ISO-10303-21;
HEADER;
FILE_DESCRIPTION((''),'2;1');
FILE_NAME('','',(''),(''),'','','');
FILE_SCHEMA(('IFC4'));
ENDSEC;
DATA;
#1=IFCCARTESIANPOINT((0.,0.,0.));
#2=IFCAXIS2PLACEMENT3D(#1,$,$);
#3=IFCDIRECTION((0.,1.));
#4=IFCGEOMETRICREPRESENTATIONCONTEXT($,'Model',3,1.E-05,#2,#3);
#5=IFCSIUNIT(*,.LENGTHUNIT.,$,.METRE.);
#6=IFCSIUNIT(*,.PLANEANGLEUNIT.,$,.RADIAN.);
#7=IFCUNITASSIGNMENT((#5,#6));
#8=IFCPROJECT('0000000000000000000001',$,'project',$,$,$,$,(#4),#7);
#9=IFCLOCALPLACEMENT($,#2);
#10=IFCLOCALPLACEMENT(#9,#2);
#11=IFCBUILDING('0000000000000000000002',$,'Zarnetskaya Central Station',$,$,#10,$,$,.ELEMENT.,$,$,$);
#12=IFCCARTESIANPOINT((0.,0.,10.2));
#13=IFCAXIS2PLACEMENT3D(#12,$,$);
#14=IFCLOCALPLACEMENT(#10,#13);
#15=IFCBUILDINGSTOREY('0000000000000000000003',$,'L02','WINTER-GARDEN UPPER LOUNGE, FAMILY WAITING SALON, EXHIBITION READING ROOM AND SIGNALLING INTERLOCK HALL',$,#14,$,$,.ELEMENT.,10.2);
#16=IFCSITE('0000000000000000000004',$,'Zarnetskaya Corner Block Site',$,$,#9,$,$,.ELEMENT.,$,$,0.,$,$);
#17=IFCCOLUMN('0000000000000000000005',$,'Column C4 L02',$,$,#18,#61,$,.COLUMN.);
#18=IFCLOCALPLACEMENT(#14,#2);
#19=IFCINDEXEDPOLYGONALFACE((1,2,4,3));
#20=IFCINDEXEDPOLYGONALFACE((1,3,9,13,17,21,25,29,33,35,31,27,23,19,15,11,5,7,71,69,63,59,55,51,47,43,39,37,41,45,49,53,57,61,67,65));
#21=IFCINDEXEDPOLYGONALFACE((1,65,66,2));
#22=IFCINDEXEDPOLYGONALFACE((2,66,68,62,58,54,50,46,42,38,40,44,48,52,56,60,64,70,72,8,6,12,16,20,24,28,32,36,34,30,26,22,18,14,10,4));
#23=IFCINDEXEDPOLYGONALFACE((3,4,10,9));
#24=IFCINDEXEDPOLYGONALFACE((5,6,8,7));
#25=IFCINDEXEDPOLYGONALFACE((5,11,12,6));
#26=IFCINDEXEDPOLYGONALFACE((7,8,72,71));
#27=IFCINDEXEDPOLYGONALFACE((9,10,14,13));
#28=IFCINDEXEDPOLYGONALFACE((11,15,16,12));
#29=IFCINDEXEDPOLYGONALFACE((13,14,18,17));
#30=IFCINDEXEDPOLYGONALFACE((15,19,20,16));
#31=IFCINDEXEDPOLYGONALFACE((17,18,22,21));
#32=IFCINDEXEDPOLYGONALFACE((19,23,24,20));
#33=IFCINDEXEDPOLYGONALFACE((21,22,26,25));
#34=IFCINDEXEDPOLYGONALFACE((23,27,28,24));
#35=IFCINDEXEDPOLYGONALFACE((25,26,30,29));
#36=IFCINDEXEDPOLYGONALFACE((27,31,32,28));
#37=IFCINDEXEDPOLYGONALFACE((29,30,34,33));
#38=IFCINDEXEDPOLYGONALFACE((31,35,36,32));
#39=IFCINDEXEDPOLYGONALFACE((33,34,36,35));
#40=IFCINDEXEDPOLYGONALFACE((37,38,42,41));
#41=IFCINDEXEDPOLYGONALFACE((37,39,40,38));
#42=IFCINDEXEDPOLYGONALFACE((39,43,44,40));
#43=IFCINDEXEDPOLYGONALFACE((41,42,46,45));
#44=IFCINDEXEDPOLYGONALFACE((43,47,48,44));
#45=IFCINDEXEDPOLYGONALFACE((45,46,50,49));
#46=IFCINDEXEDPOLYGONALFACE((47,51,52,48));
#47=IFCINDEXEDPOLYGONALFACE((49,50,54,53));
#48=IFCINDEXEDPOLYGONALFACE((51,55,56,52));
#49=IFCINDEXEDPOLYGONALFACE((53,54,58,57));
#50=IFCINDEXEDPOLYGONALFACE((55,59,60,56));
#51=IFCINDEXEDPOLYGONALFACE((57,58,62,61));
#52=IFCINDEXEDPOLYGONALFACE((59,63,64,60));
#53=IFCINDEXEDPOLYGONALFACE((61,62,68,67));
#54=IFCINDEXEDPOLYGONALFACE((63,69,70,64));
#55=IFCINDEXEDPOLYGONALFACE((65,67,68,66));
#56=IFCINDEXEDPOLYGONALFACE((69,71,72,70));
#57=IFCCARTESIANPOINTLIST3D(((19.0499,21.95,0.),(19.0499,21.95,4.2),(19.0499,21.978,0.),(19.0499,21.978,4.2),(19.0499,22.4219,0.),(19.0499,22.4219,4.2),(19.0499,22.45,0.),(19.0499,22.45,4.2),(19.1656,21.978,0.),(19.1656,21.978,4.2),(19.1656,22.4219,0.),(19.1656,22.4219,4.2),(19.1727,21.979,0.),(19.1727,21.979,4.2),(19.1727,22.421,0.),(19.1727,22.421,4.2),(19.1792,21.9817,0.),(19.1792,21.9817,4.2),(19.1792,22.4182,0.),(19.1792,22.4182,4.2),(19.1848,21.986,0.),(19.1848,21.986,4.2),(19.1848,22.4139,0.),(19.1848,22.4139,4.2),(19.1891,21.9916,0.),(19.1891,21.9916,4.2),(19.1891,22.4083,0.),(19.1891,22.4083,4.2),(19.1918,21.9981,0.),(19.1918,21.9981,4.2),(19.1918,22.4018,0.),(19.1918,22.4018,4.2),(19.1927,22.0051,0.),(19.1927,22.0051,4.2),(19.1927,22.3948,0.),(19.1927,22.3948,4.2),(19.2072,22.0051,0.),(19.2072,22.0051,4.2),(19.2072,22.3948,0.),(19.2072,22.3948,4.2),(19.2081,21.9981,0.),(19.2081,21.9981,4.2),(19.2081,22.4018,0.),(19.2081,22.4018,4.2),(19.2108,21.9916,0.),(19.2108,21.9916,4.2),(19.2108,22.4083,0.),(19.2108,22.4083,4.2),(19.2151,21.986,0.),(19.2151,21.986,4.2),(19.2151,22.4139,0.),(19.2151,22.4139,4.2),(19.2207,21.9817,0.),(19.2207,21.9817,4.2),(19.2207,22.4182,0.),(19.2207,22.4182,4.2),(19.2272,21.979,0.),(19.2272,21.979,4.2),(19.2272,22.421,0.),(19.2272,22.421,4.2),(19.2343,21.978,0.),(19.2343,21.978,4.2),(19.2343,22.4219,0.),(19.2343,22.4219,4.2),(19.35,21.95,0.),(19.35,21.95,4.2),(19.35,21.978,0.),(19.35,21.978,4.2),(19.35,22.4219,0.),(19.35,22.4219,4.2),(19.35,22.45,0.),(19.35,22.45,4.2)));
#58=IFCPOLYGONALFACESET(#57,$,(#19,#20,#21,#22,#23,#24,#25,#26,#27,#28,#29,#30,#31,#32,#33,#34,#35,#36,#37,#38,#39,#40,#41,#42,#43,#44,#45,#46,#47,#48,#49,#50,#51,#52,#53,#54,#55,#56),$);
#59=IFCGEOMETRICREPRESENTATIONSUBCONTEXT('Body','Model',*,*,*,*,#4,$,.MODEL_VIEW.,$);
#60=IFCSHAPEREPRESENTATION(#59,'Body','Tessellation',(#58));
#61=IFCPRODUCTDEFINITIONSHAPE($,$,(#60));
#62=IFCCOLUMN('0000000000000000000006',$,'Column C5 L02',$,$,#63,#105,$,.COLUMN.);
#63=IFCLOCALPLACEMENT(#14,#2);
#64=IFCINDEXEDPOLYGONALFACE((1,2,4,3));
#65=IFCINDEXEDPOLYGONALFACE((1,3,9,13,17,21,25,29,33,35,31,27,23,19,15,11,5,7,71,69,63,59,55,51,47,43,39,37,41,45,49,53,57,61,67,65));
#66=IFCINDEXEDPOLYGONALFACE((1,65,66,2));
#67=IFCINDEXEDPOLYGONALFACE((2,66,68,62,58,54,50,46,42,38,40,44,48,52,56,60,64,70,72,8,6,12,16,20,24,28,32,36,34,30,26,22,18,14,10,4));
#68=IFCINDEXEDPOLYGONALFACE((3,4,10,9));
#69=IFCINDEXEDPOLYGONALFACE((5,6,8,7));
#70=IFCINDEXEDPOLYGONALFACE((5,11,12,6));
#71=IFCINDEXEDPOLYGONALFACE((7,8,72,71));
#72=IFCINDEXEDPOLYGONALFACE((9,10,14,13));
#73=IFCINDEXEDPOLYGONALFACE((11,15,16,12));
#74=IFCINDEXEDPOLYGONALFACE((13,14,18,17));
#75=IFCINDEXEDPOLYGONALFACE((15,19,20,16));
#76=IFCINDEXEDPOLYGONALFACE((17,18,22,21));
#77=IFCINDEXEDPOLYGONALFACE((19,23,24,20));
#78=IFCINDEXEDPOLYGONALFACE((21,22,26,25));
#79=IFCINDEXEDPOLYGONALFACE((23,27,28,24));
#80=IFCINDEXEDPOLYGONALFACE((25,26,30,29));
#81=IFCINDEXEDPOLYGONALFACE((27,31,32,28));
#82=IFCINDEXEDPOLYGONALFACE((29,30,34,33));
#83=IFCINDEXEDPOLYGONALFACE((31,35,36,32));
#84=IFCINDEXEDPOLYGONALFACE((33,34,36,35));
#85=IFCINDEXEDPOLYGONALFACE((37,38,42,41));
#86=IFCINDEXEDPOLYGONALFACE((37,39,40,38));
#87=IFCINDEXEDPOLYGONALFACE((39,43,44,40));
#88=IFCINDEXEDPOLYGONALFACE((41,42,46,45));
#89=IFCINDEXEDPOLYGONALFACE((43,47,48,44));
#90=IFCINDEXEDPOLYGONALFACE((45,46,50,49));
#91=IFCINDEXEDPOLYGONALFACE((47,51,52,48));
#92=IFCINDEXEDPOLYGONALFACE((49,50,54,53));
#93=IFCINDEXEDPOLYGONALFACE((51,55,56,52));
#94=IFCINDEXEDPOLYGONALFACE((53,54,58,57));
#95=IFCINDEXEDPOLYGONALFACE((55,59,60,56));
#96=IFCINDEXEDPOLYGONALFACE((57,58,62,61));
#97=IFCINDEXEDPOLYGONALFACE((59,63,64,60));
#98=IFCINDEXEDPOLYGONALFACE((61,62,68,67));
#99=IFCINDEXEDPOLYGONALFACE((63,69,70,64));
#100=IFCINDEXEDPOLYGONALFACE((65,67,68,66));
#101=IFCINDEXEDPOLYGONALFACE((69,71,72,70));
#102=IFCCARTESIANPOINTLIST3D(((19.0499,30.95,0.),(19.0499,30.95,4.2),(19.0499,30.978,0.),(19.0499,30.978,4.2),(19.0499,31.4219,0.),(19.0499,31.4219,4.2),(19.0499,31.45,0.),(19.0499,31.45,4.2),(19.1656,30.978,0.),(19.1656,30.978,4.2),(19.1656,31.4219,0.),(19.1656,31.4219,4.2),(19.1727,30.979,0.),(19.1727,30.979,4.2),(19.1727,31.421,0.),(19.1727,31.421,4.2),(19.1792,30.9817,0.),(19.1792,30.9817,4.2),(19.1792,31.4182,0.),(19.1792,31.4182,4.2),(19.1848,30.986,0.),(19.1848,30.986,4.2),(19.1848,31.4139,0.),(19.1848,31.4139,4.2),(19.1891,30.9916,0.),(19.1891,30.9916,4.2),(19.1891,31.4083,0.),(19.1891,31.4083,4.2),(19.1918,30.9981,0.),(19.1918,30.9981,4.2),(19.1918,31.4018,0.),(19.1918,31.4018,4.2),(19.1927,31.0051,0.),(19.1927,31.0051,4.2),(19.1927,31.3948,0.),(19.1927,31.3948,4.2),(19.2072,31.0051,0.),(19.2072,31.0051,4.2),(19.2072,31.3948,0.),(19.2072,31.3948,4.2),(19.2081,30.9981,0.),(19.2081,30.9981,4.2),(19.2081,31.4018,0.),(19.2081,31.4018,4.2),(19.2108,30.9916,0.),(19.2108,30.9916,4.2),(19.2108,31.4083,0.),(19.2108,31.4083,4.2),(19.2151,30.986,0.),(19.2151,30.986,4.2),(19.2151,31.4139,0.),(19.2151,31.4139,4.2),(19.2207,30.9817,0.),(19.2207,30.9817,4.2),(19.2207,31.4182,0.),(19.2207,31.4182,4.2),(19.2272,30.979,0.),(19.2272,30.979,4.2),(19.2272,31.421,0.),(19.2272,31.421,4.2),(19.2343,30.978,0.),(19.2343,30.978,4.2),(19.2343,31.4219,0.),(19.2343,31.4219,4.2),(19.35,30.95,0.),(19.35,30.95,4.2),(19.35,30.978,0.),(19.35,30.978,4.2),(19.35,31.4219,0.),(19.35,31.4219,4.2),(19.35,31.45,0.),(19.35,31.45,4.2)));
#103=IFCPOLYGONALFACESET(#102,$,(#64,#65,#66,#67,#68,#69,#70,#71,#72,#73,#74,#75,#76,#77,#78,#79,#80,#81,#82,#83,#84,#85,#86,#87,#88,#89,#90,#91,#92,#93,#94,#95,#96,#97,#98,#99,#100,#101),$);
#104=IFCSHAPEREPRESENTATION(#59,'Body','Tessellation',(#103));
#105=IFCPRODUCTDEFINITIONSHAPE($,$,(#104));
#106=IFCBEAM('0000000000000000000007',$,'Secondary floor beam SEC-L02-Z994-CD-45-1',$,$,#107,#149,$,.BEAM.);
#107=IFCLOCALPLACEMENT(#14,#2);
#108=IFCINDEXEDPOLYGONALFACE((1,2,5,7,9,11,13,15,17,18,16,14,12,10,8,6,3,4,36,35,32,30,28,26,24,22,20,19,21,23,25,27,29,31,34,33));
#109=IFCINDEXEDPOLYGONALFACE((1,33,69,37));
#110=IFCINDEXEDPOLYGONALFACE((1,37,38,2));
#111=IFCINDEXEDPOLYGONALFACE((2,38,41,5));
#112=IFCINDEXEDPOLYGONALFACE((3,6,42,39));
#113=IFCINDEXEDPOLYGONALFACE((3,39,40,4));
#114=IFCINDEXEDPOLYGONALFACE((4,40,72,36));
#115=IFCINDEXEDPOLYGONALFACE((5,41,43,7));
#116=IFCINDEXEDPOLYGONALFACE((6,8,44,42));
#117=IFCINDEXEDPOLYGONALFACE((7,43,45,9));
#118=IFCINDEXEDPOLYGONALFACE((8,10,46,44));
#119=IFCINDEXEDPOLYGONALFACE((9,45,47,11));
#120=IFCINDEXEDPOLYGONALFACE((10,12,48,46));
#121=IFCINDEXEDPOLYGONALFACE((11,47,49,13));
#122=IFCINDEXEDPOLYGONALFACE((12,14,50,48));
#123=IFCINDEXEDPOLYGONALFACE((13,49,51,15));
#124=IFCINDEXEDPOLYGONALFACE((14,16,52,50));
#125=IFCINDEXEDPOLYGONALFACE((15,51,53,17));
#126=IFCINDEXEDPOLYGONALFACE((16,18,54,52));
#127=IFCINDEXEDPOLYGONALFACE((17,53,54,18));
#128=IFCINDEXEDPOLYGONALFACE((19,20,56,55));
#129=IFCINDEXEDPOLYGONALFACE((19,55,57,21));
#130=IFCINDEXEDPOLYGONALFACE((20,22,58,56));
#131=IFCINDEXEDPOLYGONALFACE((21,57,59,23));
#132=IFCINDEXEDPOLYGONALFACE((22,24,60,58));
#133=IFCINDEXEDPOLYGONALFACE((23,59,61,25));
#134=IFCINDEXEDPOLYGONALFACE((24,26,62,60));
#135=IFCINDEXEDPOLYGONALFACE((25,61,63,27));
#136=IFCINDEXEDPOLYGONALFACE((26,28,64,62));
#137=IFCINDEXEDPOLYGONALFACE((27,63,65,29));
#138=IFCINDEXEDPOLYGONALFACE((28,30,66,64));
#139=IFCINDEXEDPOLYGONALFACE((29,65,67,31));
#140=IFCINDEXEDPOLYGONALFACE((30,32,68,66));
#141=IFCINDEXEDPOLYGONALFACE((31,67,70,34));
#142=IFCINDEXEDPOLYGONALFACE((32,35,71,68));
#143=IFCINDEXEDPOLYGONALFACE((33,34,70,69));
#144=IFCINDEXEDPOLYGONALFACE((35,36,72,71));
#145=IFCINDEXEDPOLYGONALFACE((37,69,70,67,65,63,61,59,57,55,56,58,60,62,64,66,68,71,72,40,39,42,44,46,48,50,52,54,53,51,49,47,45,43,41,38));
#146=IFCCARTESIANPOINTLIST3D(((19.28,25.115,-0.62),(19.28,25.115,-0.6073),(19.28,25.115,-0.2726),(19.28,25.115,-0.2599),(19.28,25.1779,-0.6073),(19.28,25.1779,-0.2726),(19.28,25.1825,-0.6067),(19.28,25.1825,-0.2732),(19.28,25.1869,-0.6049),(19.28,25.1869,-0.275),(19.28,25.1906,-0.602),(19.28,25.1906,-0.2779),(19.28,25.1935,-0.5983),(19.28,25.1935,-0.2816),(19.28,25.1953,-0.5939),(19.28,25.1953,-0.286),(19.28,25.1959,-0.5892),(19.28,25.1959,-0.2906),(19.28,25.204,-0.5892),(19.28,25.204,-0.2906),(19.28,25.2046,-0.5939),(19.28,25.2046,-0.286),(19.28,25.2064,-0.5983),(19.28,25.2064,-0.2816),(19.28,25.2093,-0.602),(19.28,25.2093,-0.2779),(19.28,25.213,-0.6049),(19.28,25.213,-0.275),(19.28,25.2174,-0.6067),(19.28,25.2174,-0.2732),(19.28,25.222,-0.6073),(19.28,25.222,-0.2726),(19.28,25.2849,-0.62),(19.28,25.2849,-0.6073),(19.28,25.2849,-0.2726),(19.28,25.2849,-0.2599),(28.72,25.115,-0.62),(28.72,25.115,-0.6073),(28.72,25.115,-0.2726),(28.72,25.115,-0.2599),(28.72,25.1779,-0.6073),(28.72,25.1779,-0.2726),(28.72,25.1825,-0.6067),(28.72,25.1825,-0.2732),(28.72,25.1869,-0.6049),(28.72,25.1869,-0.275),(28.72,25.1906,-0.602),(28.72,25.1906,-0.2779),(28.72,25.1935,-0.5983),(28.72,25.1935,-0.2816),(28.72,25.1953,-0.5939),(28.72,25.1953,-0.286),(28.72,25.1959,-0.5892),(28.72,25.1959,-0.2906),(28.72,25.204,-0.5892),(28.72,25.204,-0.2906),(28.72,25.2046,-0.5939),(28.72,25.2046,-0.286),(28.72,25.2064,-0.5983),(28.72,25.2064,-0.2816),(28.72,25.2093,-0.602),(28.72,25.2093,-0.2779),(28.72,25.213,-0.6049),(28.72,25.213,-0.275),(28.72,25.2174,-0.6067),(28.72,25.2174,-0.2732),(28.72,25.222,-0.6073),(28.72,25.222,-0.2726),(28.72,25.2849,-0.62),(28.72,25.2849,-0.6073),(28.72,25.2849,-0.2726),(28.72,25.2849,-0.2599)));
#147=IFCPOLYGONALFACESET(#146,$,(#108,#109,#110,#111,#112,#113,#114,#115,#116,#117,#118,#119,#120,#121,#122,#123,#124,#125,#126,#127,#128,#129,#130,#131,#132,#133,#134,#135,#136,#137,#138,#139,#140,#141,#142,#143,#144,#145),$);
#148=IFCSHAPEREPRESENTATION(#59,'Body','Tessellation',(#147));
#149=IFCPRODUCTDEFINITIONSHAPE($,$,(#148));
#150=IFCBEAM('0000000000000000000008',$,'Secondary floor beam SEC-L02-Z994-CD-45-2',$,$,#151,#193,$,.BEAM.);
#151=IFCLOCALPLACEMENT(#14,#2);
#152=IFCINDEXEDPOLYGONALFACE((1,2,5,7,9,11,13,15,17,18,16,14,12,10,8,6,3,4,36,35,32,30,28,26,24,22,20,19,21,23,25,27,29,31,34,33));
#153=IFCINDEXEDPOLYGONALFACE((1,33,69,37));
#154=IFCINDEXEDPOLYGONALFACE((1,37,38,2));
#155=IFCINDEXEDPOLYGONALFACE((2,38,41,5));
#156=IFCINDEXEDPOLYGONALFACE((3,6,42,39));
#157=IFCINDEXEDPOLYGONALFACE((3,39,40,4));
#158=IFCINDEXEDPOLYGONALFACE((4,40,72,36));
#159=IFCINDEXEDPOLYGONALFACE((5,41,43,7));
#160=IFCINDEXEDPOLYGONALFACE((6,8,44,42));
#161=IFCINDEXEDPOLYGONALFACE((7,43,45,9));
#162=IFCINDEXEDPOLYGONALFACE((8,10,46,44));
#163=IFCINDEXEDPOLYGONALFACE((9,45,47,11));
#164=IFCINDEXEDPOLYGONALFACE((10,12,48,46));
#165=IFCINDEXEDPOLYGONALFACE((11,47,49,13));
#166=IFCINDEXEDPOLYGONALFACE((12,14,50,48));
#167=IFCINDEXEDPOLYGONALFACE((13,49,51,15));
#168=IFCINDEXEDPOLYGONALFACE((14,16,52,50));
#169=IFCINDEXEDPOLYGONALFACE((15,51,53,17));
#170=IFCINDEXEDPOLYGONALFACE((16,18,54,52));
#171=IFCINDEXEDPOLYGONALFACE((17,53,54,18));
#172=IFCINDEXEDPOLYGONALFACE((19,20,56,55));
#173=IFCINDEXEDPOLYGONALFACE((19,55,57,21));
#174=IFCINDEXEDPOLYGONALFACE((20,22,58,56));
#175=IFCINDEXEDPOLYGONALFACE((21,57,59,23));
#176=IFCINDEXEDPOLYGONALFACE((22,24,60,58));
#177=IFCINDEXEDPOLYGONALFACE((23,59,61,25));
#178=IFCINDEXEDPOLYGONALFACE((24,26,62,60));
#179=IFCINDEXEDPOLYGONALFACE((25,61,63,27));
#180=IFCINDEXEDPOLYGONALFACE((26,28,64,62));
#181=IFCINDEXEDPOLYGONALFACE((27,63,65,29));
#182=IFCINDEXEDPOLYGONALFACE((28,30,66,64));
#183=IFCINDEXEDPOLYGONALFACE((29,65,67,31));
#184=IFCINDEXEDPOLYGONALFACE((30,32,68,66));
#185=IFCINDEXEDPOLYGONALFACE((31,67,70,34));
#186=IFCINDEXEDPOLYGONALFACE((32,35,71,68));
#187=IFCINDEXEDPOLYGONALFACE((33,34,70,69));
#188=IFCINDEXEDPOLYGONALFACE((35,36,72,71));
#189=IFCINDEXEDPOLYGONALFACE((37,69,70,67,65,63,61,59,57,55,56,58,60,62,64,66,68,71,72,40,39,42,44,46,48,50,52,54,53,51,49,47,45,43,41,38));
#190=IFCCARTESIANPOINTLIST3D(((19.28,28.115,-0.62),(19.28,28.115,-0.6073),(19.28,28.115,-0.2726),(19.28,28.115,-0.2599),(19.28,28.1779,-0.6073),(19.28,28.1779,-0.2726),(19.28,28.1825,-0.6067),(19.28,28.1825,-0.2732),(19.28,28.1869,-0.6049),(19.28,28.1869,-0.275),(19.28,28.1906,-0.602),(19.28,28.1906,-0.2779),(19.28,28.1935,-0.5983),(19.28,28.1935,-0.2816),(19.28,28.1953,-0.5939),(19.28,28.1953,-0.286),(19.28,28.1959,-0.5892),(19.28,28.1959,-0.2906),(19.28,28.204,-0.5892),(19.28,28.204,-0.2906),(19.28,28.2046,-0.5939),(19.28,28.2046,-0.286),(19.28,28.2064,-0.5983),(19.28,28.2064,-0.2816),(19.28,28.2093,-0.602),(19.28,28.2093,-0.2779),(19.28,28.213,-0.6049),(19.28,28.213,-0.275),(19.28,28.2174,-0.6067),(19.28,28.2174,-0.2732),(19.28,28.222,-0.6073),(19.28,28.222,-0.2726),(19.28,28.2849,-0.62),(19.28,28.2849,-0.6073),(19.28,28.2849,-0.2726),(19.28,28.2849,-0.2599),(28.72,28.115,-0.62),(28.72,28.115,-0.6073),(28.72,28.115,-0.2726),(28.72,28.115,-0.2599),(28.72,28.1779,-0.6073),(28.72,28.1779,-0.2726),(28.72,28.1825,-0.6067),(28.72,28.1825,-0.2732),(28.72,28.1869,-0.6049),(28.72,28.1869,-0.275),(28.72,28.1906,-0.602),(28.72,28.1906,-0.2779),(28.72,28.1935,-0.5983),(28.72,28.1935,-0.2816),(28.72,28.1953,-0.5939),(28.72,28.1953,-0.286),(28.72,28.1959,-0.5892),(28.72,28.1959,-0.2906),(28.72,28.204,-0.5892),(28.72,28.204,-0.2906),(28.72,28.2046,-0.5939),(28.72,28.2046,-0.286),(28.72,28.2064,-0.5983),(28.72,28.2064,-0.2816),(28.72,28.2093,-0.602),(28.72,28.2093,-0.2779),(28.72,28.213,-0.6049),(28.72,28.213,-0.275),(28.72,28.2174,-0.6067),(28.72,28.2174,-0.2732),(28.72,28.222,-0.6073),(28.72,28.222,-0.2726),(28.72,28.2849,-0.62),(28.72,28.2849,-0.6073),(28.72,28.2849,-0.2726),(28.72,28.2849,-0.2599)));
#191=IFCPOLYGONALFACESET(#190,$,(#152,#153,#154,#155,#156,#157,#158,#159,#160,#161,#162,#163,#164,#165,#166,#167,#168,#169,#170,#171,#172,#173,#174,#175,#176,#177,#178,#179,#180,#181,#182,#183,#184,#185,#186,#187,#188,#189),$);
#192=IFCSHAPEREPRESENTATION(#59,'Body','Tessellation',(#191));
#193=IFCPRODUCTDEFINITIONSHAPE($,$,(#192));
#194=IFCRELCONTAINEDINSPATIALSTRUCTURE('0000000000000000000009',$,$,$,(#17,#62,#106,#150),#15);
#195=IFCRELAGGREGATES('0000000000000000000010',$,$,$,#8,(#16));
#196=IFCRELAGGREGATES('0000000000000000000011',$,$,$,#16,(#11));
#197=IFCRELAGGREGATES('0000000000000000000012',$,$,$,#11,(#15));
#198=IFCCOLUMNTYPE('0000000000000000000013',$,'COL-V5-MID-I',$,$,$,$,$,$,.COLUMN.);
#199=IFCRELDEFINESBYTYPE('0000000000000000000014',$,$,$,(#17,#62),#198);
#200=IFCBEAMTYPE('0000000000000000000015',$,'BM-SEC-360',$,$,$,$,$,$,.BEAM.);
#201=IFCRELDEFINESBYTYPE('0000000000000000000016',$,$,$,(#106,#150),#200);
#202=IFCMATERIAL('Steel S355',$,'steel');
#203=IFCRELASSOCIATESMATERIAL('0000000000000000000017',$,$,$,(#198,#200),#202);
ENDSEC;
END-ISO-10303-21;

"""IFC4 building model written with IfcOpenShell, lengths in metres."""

from ifc_helpers import new_model, si_unit, direction, frame, origin, origin_2d, place, context, subcontext, project, spatial, i_section, extrude, material, material_profile, profile_set, type_object, element, save


model = new_model("IFC4")

# Units and contexts
model_context = context("Model", 3, precision=1e-05, world=origin(), true_north=direction((0.0, 1.0)))
body_context = subcontext(model_context, "Body", "Model", "MODEL_VIEW")
ifc_project = project(units=[si_unit("LENGTHUNIT", "METRE"), si_unit("PLANEANGLEUNIT", "RADIAN")], contexts=[model_context])

# Site, building, storey
site_placement = place(None, origin())
site = spatial("IfcSite", under=ifc_project, at=site_placement, Name="Zarnetskaya Corner Block Site", CompositionType="ELEMENT", RefElevation=0.0)
building_placement = place(site_placement, origin())
building = spatial("IfcBuilding", under=site, at=building_placement, Name="Zarnetskaya Central Station", CompositionType="ELEMENT")
storey_placement = place(building_placement, frame((0.0, 0.0, 10.2)))
storey = spatial("IfcBuildingStorey", under=building, at=storey_placement, Name="L02", Description="WINTER-GARDEN UPPER LOUNGE, FAMILY WAITING SALON, EXHIBITION READING ROOM AND SIGNALLING INTERLOCK HALL", CompositionType="ELEMENT", Elevation=10.2)

# Columns
ifc_material_1 = material(Name="Steel S355", Category="steel")
ifc_material_profile_1 = material_profile(ifc_material_1, i_section(OverallWidth=0.3, OverallDepth=0.5, WebThickness=0.0144, FlangeThickness=0.0281, FilletRadius=0.0271, at=origin_2d()), Name="HEB 500")
ifc_profile_set_1 = profile_set([ifc_material_profile_1], Name="Steel S355")
column_type = type_object("IfcColumnType", Name="COL-V5-MID-I", PredefinedType="COLUMN", material=ifc_profile_set_1)
for number, where, z_axis, x_axis, name in (
    (1, (19.2, 22.2, 0.0), (0.0, 0.0, 1.0), (1.0, 0.0, 0.0), "Column C4 L02"),
    (2, (19.2, 31.2, 0.0), (0.0, 0.0, 1.0), (1.0, 0.0, 0.0), "Column C5 L02"),
):
    element("IfcColumn", number, at=place(storey_placement, frame(where, z_axis=z_axis, x_axis=x_axis)), inside=storey, type_object=column_type, Name=name, PredefinedType="COLUMN", context=body_context, shape_type="SweptSolid", body=[
        extrude(i_section(OverallWidth=0.3, OverallDepth=0.5, WebThickness=0.0144, FlangeThickness=0.0281, FilletRadius=0.0271, at=origin_2d()), origin(), (0.0, 0.0, 1.0), 4.2),
    ])

# Beams
ifc_material_profile_2 = material_profile(ifc_material_1, i_section(OverallWidth=0.1699, OverallDepth=0.3601, WebThickness=0.0081, FlangeThickness=0.0127, FilletRadius=0.0181, at=origin_2d()), Name="IPE 360")
ifc_profile_set_2 = profile_set([ifc_material_profile_2], Name="Steel S355")
beam_type_1 = type_object("IfcBeamType", Name="BM-SEC-360", PredefinedType="BEAM", material=ifc_profile_set_2)
for number, where, z_axis, x_axis, name in (
    (3, (19.28, 25.2, -0.4399), (1.0, 0.0, 0.0), (0.0, 1.0, 0.0), "Secondary floor beam SEC-L02-Z994-CD-45-1"),
    (4, (19.28, 28.2, -0.4399), (1.0, 0.0, 0.0), (0.0, 1.0, 0.0), "Secondary floor beam SEC-L02-Z994-CD-45-2"),
):
    element("IfcBeam", number, at=place(storey_placement, frame(where, z_axis=z_axis, x_axis=x_axis)), inside=storey, type_object=beam_type_1, Name=name, PredefinedType="BEAM", context=body_context, shape_type="SweptSolid", body=[
        extrude(i_section(OverallWidth=0.1699, OverallDepth=0.3601, WebThickness=0.0081, FlangeThickness=0.0127, FilletRadius=0.0181, at=origin_2d()), origin(), (0.0, 0.0, 1.0), 9.4399),
    ])

save(model, "model.ifc")
